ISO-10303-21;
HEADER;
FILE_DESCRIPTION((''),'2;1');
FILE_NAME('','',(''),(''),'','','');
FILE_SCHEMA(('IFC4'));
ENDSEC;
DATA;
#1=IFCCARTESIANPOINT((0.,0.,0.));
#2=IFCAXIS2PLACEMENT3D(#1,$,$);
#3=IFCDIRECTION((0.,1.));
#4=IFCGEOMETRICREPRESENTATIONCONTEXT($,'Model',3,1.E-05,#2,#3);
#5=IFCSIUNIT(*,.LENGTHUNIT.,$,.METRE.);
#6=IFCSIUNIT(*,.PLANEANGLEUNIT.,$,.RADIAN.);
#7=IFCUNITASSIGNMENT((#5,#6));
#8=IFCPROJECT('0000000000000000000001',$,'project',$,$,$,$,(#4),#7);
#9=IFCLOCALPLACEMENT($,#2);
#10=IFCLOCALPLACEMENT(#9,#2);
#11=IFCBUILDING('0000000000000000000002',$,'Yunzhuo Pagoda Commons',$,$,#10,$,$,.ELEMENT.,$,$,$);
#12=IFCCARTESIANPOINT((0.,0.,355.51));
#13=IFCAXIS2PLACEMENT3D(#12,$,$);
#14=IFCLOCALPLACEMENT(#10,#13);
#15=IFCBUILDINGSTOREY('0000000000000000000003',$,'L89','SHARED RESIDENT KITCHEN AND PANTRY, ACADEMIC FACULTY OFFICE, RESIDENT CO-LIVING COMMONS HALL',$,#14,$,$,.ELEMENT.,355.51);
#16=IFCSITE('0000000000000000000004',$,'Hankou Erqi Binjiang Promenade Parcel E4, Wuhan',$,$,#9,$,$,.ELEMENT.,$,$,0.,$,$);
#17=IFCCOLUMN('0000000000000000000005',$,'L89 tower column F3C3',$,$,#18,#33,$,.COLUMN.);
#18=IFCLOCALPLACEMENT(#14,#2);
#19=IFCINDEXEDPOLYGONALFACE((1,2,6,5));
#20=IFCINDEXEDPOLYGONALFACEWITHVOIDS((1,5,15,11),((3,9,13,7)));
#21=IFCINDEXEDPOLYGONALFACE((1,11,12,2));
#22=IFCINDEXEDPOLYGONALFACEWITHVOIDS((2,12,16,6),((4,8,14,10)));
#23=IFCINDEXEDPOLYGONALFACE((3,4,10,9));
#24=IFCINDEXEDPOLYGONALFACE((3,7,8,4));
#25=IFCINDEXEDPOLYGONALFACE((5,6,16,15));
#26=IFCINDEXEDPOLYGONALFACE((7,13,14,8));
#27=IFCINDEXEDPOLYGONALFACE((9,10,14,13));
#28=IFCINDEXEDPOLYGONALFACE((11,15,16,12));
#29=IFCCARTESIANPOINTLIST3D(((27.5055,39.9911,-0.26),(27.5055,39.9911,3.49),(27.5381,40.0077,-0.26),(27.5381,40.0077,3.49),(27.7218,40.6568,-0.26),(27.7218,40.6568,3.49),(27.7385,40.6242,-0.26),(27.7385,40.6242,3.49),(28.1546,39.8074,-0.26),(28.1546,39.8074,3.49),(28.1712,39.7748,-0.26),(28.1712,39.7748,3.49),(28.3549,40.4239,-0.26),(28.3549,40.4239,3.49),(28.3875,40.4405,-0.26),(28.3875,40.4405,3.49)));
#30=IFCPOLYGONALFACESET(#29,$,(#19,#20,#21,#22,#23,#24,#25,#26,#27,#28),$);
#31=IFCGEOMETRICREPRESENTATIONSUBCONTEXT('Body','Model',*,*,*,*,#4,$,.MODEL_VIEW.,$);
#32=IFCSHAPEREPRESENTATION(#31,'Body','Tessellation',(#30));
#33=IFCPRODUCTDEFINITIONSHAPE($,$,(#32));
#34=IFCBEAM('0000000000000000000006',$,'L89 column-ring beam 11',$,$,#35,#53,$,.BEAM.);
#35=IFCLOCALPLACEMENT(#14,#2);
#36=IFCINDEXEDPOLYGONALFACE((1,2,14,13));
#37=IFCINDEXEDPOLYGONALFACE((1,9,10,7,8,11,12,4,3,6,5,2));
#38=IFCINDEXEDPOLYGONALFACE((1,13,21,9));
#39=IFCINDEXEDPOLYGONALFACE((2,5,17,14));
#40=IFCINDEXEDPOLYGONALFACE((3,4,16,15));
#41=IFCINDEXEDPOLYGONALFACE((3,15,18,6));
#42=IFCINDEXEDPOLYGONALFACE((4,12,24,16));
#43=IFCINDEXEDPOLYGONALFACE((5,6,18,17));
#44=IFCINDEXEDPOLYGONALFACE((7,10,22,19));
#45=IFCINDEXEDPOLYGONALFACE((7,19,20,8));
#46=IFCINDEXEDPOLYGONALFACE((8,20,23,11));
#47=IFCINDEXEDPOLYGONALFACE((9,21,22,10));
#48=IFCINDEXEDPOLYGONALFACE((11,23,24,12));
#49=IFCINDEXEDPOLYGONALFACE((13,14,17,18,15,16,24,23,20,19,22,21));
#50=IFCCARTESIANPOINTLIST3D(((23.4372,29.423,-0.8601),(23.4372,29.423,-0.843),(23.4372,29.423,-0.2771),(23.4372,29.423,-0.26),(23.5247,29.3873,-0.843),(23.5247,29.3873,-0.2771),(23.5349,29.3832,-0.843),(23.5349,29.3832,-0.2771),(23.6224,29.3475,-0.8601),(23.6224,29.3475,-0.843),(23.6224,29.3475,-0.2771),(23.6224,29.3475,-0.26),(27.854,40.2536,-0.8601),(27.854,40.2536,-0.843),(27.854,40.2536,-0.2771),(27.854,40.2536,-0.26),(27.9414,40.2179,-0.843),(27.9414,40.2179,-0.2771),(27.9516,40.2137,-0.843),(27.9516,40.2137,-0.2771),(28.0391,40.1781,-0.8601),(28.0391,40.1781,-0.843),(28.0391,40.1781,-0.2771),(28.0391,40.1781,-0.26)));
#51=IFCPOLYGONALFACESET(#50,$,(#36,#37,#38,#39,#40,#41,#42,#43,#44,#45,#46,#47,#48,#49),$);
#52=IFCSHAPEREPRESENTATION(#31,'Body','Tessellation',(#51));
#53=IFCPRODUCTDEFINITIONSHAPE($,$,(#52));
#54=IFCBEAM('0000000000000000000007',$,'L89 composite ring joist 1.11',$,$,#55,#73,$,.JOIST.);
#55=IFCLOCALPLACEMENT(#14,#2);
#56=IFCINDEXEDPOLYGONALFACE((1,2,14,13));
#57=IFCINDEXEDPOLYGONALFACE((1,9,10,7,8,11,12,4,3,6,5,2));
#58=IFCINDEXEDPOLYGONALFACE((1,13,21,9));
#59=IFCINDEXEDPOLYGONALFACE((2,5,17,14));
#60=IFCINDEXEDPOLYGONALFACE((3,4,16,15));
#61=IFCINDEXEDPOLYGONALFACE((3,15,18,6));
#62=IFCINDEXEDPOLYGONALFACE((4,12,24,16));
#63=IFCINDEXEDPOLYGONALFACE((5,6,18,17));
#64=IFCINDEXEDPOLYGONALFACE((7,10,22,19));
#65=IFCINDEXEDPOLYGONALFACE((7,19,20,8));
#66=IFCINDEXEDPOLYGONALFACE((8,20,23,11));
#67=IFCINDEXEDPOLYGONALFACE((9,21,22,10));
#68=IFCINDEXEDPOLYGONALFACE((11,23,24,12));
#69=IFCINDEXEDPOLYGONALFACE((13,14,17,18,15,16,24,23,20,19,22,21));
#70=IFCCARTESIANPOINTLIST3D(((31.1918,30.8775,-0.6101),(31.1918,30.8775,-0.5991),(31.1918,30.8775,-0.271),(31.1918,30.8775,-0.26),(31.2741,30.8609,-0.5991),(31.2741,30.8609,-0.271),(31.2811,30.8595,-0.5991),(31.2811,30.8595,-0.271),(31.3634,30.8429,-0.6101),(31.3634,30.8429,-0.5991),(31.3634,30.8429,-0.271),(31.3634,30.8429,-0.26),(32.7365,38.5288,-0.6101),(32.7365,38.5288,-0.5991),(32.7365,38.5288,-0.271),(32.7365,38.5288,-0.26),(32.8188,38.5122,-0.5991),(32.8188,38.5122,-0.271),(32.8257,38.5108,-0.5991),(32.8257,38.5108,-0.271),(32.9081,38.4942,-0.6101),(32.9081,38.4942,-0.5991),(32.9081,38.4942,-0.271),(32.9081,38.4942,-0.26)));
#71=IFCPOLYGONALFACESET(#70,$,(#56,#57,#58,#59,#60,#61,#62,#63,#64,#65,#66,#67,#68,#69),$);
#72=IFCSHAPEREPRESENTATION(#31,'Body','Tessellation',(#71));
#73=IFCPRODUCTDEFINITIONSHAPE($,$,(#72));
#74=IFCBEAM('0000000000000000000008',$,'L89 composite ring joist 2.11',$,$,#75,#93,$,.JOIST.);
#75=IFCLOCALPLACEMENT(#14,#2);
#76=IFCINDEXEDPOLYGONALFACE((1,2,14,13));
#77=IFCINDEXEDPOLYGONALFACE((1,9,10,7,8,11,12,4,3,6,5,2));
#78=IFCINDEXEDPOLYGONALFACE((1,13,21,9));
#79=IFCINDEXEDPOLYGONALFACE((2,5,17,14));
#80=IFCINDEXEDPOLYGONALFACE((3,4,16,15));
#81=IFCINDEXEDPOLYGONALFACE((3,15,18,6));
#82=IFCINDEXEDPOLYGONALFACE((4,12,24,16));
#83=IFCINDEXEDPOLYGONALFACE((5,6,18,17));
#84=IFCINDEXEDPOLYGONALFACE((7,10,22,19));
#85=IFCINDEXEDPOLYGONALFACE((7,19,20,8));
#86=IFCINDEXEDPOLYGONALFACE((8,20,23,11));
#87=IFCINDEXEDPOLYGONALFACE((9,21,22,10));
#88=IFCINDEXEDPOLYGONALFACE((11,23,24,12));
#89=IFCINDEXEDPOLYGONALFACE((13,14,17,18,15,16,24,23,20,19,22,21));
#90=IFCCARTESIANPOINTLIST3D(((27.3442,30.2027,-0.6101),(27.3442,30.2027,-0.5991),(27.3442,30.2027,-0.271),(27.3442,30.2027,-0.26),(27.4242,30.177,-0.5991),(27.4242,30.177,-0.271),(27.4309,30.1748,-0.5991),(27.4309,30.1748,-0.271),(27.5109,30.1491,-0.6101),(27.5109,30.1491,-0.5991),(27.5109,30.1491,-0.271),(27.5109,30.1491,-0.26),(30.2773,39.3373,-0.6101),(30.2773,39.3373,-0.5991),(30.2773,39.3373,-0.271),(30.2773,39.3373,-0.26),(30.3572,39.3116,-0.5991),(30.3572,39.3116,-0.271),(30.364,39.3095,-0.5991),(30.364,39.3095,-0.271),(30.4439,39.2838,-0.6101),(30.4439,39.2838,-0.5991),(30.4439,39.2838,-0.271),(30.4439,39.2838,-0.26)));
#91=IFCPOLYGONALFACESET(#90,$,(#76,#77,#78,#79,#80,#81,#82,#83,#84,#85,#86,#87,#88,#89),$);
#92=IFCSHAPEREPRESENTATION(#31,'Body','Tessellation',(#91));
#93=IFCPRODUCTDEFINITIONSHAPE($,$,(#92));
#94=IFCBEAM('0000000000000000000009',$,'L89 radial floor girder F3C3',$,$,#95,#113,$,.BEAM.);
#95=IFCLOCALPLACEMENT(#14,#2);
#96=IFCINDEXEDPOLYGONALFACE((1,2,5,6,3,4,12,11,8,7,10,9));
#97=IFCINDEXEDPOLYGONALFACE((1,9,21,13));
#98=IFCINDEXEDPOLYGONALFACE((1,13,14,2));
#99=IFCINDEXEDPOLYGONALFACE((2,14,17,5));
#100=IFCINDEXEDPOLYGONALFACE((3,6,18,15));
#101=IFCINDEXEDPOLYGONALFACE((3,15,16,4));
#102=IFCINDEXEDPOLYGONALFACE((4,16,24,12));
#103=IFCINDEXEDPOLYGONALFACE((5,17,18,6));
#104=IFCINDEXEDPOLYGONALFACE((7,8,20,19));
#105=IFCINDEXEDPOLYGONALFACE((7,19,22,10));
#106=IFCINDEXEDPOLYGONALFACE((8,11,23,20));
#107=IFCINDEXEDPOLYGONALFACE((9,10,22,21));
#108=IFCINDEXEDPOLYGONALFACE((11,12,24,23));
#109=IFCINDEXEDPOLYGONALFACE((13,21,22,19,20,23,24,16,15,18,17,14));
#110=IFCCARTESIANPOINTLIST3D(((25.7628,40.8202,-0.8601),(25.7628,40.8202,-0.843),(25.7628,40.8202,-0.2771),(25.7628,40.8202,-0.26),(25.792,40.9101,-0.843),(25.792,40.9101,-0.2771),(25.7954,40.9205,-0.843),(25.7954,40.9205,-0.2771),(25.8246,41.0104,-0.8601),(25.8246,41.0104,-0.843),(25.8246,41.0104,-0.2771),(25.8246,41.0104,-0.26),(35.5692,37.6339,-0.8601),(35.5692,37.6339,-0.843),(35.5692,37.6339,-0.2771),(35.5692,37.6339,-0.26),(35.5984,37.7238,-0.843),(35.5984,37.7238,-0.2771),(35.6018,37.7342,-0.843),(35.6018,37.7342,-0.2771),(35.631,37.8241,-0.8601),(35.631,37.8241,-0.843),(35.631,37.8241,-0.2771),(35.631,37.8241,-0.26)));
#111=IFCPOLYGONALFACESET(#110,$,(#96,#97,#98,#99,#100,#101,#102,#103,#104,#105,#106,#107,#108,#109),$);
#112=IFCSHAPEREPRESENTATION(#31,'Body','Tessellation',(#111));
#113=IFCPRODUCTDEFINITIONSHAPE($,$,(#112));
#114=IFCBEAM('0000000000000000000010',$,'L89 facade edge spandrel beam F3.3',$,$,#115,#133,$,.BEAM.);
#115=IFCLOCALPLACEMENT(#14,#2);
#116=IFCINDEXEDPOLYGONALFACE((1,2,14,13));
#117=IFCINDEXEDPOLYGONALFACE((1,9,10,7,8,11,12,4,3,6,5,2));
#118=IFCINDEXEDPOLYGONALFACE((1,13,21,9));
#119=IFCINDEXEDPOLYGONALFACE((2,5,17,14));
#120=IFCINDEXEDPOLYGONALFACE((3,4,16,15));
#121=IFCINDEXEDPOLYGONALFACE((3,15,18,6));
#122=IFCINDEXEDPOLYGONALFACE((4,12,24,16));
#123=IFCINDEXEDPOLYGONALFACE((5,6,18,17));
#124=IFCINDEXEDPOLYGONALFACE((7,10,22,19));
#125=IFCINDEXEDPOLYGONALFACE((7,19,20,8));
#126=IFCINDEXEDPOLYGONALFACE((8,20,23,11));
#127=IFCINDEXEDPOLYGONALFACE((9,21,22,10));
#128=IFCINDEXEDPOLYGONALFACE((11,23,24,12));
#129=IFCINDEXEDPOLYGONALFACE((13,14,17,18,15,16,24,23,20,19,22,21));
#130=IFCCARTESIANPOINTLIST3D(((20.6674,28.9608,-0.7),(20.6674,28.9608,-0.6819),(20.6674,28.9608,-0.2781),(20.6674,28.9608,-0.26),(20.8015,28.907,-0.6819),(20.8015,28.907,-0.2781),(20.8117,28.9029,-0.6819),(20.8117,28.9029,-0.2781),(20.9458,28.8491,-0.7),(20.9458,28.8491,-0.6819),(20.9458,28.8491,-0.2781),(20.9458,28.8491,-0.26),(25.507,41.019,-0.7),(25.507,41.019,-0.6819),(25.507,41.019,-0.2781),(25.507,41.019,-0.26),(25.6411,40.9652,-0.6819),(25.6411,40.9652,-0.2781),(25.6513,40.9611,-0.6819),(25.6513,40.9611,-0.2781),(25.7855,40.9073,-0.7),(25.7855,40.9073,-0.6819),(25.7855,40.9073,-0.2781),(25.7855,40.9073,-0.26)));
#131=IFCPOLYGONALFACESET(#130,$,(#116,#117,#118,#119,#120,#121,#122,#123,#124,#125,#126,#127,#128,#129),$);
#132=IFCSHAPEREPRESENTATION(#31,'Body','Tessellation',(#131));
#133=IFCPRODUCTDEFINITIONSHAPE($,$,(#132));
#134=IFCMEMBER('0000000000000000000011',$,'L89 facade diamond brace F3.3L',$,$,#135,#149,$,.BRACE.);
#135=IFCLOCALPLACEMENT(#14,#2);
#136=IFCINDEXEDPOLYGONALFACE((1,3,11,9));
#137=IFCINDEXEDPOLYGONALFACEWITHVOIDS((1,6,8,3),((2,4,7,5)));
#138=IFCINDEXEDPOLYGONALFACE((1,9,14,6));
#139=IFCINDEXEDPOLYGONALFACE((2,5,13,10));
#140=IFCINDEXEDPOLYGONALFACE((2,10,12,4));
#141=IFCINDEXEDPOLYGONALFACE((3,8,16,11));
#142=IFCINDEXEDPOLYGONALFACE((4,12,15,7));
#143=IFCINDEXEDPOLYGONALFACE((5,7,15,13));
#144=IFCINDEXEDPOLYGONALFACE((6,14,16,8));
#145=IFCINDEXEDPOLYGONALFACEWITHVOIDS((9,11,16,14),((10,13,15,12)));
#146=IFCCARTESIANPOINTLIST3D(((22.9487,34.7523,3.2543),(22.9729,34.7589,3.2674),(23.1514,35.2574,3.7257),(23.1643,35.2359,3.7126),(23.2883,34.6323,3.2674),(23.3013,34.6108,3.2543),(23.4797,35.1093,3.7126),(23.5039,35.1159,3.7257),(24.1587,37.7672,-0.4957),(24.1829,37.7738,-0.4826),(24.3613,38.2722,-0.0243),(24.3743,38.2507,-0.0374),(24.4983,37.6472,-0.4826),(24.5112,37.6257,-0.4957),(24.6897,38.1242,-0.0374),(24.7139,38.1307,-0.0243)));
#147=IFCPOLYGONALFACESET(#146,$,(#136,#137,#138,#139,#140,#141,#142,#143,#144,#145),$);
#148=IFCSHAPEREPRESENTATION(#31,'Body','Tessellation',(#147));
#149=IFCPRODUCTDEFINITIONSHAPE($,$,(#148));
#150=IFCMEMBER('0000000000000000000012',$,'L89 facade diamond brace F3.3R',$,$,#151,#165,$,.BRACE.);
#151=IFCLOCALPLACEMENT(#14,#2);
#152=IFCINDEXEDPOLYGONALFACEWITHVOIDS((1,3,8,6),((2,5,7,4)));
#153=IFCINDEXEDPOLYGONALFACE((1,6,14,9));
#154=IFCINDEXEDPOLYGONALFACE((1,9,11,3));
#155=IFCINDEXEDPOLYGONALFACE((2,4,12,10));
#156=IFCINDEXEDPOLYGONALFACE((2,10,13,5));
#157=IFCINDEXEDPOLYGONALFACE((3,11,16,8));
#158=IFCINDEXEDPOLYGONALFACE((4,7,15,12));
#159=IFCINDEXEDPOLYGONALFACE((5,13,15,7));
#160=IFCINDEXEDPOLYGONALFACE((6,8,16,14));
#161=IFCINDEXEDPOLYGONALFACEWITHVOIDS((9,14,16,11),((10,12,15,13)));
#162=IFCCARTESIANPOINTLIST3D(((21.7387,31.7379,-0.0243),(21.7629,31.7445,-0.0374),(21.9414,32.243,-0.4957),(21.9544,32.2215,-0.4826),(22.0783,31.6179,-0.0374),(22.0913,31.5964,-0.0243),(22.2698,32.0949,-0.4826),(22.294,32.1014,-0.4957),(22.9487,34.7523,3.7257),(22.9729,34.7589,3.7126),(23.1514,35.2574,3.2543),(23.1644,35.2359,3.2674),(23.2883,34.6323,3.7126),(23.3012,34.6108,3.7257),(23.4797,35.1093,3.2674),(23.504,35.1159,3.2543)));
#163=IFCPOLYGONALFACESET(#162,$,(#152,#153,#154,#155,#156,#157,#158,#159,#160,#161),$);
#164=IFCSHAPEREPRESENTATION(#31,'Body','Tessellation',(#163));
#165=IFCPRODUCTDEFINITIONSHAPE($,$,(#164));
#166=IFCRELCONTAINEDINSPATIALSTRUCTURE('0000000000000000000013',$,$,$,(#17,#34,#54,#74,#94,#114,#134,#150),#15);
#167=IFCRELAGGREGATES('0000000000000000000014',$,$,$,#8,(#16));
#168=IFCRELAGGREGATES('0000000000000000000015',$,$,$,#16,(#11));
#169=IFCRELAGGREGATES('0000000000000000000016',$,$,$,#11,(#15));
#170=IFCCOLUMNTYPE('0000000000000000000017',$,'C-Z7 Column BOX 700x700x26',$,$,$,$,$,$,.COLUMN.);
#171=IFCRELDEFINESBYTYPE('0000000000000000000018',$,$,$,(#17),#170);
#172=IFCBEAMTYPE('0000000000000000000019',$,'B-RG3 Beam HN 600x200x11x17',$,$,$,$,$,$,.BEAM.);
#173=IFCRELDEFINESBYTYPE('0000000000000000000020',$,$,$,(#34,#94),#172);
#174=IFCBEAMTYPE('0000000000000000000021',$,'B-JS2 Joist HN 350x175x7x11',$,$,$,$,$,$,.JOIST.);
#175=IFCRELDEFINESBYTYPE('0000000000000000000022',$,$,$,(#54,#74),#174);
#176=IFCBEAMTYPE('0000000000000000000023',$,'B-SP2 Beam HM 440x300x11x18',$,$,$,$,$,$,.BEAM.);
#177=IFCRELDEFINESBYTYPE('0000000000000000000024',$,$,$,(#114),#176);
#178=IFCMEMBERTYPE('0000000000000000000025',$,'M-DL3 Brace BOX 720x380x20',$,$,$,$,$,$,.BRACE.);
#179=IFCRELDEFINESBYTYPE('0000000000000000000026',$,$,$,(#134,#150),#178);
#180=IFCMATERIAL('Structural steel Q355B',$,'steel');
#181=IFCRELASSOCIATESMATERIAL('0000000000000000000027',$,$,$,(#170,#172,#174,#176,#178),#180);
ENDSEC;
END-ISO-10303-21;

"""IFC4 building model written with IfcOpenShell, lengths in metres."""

from ifc_helpers import new_model, si_unit, direction, frame, origin, origin_2d, place, context, subcontext, project, spatial, hollow_rectangle, i_section, extrude, source, transform, mapped, material, material_profile, profile_set, type_object, element, save


model = new_model("IFC4")

# Units and contexts
model_context = context("Model", 3, precision=1e-05, world=origin(), true_north=direction((0.0, 1.0)))
body_context = subcontext(model_context, "Body", "Model", "MODEL_VIEW")
ifc_project = project(units=[si_unit("LENGTHUNIT", "METRE"), si_unit("PLANEANGLEUNIT", "RADIAN")], contexts=[model_context])

# Site, building, storey
site_placement = place(None, origin())
site = spatial("IfcSite", under=ifc_project, at=site_placement, Name="Hankou Erqi Binjiang Promenade Parcel E4, Wuhan", CompositionType="ELEMENT", RefElevation=0.0)
building_placement = place(site_placement, origin())
building = spatial("IfcBuilding", under=site, at=building_placement, Name="Yunzhuo Pagoda Commons", CompositionType="ELEMENT")
storey_placement = place(building_placement, frame((0.0, 0.0, 355.51)))
storey = spatial("IfcBuildingStorey", under=building, at=storey_placement, Name="L89", Description="SHARED RESIDENT KITCHEN AND PANTRY, ACADEMIC FACULTY OFFICE, RESIDENT CO-LIVING COMMONS HALL", CompositionType="ELEMENT", Elevation=355.51)

# Column
ifc_material_1 = material(Name="Structural steel Q355B", Category="steel")
ifc_material_profile_1 = material_profile(ifc_material_1, hollow_rectangle(XDim=0.7, YDim=0.7, WallThickness=0.0259, at=origin_2d()), Name="Structural steel Q355B")
ifc_profile_set_1 = profile_set([ifc_material_profile_1], Name="Structural steel Q355B")
column_type = type_object("IfcColumnType", Name="C-Z7 Column BOX 700x700x26", PredefinedType="COLUMN", material=ifc_profile_set_1)
shared_shape_1 = source(origin(), body_context, "Body", "SweptSolid", [
    extrude(hollow_rectangle(XDim=0.7, YDim=0.7, WallThickness=0.0259, at=origin_2d()), origin(), (0.0, 0.0, 1.0), 3.75),
])
column_placement = place(storey_placement, frame((27.9465, 40.2158, -0.26), z_axis=(0.0, 0.0, 1.0), x_axis=(-0.309017, -0.951057, 0.0)))
element("IfcColumn", 1, at=column_placement, inside=storey, type_object=column_type, Name="L89 tower column F3C3", PredefinedType="COLUMN", context=body_context, shape_type="MappedRepresentation", body=[
    mapped(shared_shape_1, transform((0.0, 0.0, 0.0), scale=1.0)),
])

# Beams
ifc_material_profile_2 = material_profile(ifc_material_1, i_section(OverallWidth=0.2, OverallDepth=0.6001, WebThickness=0.011, FlangeThickness=0.0171, at=origin_2d()), Name="Structural steel Q355B")
ifc_profile_set_2 = profile_set([ifc_material_profile_2], Name="Structural steel Q355B")
beam_type_1 = type_object("IfcBeamType", Name="B-RG3 Beam HN 600x200x11x17", PredefinedType="BEAM", material=ifc_profile_set_2)
shared_shape_2 = source(origin(), body_context, "Body", "SweptSolid", [
    extrude(i_section(OverallWidth=0.2, OverallDepth=0.6001, WebThickness=0.011, FlangeThickness=0.0171, at=origin_2d()), origin(), (0.0, 0.0, 1.0), 11.6965),
])
beam_1_placement = place(storey_placement, frame((27.9465, 40.2158, -0.5601), z_axis=(-0.377612, -0.925964, 0.0), x_axis=(0.925964, -0.377612, 0.0)))
element("IfcBeam", 2, at=beam_1_placement, inside=storey, type_object=beam_type_1, Name="L89 column-ring beam 11", PredefinedType="BEAM", context=body_context, shape_type="MappedRepresentation", body=[
    mapped(shared_shape_2, transform((0.0, 0.0, 0.0), scale=1.0)),
])
ifc_material_profile_3 = material_profile(ifc_material_1, i_section(OverallWidth=0.175, OverallDepth=0.3501, WebThickness=0.0071, FlangeThickness=0.011, at=origin_2d()), Name="Structural steel Q355B")
ifc_profile_set_3 = profile_set([ifc_material_profile_3], Name="Structural steel Q355B")
beam_type_2 = type_object("IfcBeamType", Name="B-JS2 Joist HN 350x175x7x11", PredefinedType="JOIST", material=ifc_profile_set_3)
shared_shape_3 = source(origin(), body_context, "Body", "SweptSolid", [
    extrude(i_section(OverallWidth=0.175, OverallDepth=0.3501, WebThickness=0.0071, FlangeThickness=0.011, at=origin_2d()), origin(), (0.0, 0.0, 1.0), 7.8057),
])
beam_2_placement = place(storey_placement, frame((32.8223, 38.5115, -0.4351), z_axis=(-0.19789, -0.980224, 0.0), x_axis=(0.980224, -0.19789, 0.0)))
element("IfcBeam", 3, at=beam_2_placement, inside=storey, type_object=beam_type_2, Name="L89 composite ring joist 1.11", PredefinedType="JOIST", context=body_context, shape_type="MappedRepresentation", body=[
    mapped(shared_shape_3, transform((0.0, 0.0, 0.0), scale=1.0)),
])
shared_shape_4 = source(origin(), body_context, "Body", "SweptSolid", [
    extrude(i_section(OverallWidth=0.175, OverallDepth=0.3501, WebThickness=0.0071, FlangeThickness=0.011, at=origin_2d()), origin(), (0.0, 0.0, 1.0), 9.594),
])
beam_3_placement = place(storey_placement, frame((30.3606, 39.3105, -0.4351), z_axis=(-0.305719, -0.952122, 0.0), x_axis=(0.952122, -0.305719, 0.0)))
element("IfcBeam", 4, at=beam_3_placement, inside=storey, type_object=beam_type_2, Name="L89 composite ring joist 2.11", PredefinedType="JOIST", context=body_context, shape_type="MappedRepresentation", body=[
    mapped(shared_shape_4, transform((0.0, 0.0, 0.0), scale=1.0)),
])
shared_shape_5 = source(origin(), body_context, "Body", "SweptSolid", [
    extrude(i_section(OverallWidth=0.2, OverallDepth=0.6001, WebThickness=0.011, FlangeThickness=0.0171, at=origin_2d()), origin(), (0.0, 0.0, 1.0), 10.311),
])
beam_4_placement = place(storey_placement, frame((25.7937, 40.9153, -0.5601), z_axis=(0.951057, -0.309016, 0.0), x_axis=(0.309016, 0.951057, 0.0)))
element("IfcBeam", 5, at=beam_4_placement, inside=storey, type_object=beam_type_1, Name="L89 radial floor girder F3C3", PredefinedType="BEAM", context=body_context, shape_type="MappedRepresentation", body=[
    mapped(shared_shape_5, transform((0.0, 0.0, 0.0), scale=1.0)),
])
ifc_material_profile_4 = material_profile(ifc_material_1, i_section(OverallWidth=0.3, OverallDepth=0.4399, WebThickness=0.011, FlangeThickness=0.0181, at=origin_2d()), Name="Structural steel Q355B")
ifc_profile_set_4 = profile_set([ifc_material_profile_4], Name="Structural steel Q355B")
beam_type_3 = type_object("IfcBeamType", Name="B-SP2 Beam HM 440x300x11x18", PredefinedType="BEAM", material=ifc_profile_set_4)
shared_shape_6 = source(origin(), body_context, "Body", "SweptSolid", [
    extrude(i_section(OverallWidth=0.3, OverallDepth=0.4399, WebThickness=0.011, FlangeThickness=0.0181, at=origin_2d()), origin(), (0.0, 0.0, 1.0), 12.9932),
])
beam_5_placement = place(storey_placement, frame((25.6462, 40.9631, -0.48), z_axis=(-0.372476, -0.928042, 0.0), x_axis=(0.928042, -0.372476, 0.0)))
element("IfcBeam", 6, at=beam_5_placement, inside=storey, type_object=beam_type_3, Name="L89 facade edge spandrel beam F3.3", PredefinedType="BEAM", context=body_context, shape_type="MappedRepresentation", body=[
    mapped(shared_shape_6, transform((0.0, 0.0, 0.0), scale=1.0)),
])

# Members
ifc_material_profile_5 = material_profile(ifc_material_1, hollow_rectangle(XDim=0.3799, YDim=0.72, WallThickness=0.02, at=origin_2d()), Name="Structural steel Q355B")
ifc_profile_set_5 = profile_set([ifc_material_profile_5], Name="Structural steel Q355B")
member_type_1 = type_object("IfcMemberType", Name="M-DL3 Brace BOX 720x380x20", PredefinedType="BRACE", material=ifc_profile_set_5)
shared_shape_7 = source(origin(), body_context, "Body", "SweptSolid", [
    extrude(hollow_rectangle(XDim=0.3799, YDim=0.72, WallThickness=0.02, at=origin_2d()), origin(), (0.0, 0.0, 1.0), 4.9614),
])
member_1_placement = place(storey_placement, frame((24.4363, 37.949, -0.26), z_axis=(-0.243872, -0.607662, 0.755826), x_axis=(0.928051, -0.372453, 0.0)))
element("IfcMember", 7, at=member_1_placement, inside=storey, type_object=member_type_1, Name="L89 facade diamond brace F3.3L", PredefinedType="BRACE", context=body_context, shape_type="MappedRepresentation", body=[
    mapped(shared_shape_7, transform((0.0, 0.0, 0.0), scale=1.0)),
])
shared_shape_8 = source(origin(), body_context, "Body", "SweptSolid", [
    extrude(hollow_rectangle(XDim=0.3799, YDim=0.72, WallThickness=0.02, at=origin_2d()), origin(), (0.0, 0.0, 1.0), 4.9612),
])
member_2_placement = place(storey_placement, frame((22.0164, 31.9197, -0.26), z_axis=(0.243887, 0.6076, 0.755871), x_axis=(-0.92803, 0.372505, 0.0)))
element("IfcMember", 8, at=member_2_placement, inside=storey, type_object=member_type_1, Name="L89 facade diamond brace F3.3R", PredefinedType="BRACE", context=body_context, shape_type="MappedRepresentation", body=[
    mapped(shared_shape_8, transform((0.0, 0.0, 0.0), scale=1.0)),
])

save(model, "model.ifc")
